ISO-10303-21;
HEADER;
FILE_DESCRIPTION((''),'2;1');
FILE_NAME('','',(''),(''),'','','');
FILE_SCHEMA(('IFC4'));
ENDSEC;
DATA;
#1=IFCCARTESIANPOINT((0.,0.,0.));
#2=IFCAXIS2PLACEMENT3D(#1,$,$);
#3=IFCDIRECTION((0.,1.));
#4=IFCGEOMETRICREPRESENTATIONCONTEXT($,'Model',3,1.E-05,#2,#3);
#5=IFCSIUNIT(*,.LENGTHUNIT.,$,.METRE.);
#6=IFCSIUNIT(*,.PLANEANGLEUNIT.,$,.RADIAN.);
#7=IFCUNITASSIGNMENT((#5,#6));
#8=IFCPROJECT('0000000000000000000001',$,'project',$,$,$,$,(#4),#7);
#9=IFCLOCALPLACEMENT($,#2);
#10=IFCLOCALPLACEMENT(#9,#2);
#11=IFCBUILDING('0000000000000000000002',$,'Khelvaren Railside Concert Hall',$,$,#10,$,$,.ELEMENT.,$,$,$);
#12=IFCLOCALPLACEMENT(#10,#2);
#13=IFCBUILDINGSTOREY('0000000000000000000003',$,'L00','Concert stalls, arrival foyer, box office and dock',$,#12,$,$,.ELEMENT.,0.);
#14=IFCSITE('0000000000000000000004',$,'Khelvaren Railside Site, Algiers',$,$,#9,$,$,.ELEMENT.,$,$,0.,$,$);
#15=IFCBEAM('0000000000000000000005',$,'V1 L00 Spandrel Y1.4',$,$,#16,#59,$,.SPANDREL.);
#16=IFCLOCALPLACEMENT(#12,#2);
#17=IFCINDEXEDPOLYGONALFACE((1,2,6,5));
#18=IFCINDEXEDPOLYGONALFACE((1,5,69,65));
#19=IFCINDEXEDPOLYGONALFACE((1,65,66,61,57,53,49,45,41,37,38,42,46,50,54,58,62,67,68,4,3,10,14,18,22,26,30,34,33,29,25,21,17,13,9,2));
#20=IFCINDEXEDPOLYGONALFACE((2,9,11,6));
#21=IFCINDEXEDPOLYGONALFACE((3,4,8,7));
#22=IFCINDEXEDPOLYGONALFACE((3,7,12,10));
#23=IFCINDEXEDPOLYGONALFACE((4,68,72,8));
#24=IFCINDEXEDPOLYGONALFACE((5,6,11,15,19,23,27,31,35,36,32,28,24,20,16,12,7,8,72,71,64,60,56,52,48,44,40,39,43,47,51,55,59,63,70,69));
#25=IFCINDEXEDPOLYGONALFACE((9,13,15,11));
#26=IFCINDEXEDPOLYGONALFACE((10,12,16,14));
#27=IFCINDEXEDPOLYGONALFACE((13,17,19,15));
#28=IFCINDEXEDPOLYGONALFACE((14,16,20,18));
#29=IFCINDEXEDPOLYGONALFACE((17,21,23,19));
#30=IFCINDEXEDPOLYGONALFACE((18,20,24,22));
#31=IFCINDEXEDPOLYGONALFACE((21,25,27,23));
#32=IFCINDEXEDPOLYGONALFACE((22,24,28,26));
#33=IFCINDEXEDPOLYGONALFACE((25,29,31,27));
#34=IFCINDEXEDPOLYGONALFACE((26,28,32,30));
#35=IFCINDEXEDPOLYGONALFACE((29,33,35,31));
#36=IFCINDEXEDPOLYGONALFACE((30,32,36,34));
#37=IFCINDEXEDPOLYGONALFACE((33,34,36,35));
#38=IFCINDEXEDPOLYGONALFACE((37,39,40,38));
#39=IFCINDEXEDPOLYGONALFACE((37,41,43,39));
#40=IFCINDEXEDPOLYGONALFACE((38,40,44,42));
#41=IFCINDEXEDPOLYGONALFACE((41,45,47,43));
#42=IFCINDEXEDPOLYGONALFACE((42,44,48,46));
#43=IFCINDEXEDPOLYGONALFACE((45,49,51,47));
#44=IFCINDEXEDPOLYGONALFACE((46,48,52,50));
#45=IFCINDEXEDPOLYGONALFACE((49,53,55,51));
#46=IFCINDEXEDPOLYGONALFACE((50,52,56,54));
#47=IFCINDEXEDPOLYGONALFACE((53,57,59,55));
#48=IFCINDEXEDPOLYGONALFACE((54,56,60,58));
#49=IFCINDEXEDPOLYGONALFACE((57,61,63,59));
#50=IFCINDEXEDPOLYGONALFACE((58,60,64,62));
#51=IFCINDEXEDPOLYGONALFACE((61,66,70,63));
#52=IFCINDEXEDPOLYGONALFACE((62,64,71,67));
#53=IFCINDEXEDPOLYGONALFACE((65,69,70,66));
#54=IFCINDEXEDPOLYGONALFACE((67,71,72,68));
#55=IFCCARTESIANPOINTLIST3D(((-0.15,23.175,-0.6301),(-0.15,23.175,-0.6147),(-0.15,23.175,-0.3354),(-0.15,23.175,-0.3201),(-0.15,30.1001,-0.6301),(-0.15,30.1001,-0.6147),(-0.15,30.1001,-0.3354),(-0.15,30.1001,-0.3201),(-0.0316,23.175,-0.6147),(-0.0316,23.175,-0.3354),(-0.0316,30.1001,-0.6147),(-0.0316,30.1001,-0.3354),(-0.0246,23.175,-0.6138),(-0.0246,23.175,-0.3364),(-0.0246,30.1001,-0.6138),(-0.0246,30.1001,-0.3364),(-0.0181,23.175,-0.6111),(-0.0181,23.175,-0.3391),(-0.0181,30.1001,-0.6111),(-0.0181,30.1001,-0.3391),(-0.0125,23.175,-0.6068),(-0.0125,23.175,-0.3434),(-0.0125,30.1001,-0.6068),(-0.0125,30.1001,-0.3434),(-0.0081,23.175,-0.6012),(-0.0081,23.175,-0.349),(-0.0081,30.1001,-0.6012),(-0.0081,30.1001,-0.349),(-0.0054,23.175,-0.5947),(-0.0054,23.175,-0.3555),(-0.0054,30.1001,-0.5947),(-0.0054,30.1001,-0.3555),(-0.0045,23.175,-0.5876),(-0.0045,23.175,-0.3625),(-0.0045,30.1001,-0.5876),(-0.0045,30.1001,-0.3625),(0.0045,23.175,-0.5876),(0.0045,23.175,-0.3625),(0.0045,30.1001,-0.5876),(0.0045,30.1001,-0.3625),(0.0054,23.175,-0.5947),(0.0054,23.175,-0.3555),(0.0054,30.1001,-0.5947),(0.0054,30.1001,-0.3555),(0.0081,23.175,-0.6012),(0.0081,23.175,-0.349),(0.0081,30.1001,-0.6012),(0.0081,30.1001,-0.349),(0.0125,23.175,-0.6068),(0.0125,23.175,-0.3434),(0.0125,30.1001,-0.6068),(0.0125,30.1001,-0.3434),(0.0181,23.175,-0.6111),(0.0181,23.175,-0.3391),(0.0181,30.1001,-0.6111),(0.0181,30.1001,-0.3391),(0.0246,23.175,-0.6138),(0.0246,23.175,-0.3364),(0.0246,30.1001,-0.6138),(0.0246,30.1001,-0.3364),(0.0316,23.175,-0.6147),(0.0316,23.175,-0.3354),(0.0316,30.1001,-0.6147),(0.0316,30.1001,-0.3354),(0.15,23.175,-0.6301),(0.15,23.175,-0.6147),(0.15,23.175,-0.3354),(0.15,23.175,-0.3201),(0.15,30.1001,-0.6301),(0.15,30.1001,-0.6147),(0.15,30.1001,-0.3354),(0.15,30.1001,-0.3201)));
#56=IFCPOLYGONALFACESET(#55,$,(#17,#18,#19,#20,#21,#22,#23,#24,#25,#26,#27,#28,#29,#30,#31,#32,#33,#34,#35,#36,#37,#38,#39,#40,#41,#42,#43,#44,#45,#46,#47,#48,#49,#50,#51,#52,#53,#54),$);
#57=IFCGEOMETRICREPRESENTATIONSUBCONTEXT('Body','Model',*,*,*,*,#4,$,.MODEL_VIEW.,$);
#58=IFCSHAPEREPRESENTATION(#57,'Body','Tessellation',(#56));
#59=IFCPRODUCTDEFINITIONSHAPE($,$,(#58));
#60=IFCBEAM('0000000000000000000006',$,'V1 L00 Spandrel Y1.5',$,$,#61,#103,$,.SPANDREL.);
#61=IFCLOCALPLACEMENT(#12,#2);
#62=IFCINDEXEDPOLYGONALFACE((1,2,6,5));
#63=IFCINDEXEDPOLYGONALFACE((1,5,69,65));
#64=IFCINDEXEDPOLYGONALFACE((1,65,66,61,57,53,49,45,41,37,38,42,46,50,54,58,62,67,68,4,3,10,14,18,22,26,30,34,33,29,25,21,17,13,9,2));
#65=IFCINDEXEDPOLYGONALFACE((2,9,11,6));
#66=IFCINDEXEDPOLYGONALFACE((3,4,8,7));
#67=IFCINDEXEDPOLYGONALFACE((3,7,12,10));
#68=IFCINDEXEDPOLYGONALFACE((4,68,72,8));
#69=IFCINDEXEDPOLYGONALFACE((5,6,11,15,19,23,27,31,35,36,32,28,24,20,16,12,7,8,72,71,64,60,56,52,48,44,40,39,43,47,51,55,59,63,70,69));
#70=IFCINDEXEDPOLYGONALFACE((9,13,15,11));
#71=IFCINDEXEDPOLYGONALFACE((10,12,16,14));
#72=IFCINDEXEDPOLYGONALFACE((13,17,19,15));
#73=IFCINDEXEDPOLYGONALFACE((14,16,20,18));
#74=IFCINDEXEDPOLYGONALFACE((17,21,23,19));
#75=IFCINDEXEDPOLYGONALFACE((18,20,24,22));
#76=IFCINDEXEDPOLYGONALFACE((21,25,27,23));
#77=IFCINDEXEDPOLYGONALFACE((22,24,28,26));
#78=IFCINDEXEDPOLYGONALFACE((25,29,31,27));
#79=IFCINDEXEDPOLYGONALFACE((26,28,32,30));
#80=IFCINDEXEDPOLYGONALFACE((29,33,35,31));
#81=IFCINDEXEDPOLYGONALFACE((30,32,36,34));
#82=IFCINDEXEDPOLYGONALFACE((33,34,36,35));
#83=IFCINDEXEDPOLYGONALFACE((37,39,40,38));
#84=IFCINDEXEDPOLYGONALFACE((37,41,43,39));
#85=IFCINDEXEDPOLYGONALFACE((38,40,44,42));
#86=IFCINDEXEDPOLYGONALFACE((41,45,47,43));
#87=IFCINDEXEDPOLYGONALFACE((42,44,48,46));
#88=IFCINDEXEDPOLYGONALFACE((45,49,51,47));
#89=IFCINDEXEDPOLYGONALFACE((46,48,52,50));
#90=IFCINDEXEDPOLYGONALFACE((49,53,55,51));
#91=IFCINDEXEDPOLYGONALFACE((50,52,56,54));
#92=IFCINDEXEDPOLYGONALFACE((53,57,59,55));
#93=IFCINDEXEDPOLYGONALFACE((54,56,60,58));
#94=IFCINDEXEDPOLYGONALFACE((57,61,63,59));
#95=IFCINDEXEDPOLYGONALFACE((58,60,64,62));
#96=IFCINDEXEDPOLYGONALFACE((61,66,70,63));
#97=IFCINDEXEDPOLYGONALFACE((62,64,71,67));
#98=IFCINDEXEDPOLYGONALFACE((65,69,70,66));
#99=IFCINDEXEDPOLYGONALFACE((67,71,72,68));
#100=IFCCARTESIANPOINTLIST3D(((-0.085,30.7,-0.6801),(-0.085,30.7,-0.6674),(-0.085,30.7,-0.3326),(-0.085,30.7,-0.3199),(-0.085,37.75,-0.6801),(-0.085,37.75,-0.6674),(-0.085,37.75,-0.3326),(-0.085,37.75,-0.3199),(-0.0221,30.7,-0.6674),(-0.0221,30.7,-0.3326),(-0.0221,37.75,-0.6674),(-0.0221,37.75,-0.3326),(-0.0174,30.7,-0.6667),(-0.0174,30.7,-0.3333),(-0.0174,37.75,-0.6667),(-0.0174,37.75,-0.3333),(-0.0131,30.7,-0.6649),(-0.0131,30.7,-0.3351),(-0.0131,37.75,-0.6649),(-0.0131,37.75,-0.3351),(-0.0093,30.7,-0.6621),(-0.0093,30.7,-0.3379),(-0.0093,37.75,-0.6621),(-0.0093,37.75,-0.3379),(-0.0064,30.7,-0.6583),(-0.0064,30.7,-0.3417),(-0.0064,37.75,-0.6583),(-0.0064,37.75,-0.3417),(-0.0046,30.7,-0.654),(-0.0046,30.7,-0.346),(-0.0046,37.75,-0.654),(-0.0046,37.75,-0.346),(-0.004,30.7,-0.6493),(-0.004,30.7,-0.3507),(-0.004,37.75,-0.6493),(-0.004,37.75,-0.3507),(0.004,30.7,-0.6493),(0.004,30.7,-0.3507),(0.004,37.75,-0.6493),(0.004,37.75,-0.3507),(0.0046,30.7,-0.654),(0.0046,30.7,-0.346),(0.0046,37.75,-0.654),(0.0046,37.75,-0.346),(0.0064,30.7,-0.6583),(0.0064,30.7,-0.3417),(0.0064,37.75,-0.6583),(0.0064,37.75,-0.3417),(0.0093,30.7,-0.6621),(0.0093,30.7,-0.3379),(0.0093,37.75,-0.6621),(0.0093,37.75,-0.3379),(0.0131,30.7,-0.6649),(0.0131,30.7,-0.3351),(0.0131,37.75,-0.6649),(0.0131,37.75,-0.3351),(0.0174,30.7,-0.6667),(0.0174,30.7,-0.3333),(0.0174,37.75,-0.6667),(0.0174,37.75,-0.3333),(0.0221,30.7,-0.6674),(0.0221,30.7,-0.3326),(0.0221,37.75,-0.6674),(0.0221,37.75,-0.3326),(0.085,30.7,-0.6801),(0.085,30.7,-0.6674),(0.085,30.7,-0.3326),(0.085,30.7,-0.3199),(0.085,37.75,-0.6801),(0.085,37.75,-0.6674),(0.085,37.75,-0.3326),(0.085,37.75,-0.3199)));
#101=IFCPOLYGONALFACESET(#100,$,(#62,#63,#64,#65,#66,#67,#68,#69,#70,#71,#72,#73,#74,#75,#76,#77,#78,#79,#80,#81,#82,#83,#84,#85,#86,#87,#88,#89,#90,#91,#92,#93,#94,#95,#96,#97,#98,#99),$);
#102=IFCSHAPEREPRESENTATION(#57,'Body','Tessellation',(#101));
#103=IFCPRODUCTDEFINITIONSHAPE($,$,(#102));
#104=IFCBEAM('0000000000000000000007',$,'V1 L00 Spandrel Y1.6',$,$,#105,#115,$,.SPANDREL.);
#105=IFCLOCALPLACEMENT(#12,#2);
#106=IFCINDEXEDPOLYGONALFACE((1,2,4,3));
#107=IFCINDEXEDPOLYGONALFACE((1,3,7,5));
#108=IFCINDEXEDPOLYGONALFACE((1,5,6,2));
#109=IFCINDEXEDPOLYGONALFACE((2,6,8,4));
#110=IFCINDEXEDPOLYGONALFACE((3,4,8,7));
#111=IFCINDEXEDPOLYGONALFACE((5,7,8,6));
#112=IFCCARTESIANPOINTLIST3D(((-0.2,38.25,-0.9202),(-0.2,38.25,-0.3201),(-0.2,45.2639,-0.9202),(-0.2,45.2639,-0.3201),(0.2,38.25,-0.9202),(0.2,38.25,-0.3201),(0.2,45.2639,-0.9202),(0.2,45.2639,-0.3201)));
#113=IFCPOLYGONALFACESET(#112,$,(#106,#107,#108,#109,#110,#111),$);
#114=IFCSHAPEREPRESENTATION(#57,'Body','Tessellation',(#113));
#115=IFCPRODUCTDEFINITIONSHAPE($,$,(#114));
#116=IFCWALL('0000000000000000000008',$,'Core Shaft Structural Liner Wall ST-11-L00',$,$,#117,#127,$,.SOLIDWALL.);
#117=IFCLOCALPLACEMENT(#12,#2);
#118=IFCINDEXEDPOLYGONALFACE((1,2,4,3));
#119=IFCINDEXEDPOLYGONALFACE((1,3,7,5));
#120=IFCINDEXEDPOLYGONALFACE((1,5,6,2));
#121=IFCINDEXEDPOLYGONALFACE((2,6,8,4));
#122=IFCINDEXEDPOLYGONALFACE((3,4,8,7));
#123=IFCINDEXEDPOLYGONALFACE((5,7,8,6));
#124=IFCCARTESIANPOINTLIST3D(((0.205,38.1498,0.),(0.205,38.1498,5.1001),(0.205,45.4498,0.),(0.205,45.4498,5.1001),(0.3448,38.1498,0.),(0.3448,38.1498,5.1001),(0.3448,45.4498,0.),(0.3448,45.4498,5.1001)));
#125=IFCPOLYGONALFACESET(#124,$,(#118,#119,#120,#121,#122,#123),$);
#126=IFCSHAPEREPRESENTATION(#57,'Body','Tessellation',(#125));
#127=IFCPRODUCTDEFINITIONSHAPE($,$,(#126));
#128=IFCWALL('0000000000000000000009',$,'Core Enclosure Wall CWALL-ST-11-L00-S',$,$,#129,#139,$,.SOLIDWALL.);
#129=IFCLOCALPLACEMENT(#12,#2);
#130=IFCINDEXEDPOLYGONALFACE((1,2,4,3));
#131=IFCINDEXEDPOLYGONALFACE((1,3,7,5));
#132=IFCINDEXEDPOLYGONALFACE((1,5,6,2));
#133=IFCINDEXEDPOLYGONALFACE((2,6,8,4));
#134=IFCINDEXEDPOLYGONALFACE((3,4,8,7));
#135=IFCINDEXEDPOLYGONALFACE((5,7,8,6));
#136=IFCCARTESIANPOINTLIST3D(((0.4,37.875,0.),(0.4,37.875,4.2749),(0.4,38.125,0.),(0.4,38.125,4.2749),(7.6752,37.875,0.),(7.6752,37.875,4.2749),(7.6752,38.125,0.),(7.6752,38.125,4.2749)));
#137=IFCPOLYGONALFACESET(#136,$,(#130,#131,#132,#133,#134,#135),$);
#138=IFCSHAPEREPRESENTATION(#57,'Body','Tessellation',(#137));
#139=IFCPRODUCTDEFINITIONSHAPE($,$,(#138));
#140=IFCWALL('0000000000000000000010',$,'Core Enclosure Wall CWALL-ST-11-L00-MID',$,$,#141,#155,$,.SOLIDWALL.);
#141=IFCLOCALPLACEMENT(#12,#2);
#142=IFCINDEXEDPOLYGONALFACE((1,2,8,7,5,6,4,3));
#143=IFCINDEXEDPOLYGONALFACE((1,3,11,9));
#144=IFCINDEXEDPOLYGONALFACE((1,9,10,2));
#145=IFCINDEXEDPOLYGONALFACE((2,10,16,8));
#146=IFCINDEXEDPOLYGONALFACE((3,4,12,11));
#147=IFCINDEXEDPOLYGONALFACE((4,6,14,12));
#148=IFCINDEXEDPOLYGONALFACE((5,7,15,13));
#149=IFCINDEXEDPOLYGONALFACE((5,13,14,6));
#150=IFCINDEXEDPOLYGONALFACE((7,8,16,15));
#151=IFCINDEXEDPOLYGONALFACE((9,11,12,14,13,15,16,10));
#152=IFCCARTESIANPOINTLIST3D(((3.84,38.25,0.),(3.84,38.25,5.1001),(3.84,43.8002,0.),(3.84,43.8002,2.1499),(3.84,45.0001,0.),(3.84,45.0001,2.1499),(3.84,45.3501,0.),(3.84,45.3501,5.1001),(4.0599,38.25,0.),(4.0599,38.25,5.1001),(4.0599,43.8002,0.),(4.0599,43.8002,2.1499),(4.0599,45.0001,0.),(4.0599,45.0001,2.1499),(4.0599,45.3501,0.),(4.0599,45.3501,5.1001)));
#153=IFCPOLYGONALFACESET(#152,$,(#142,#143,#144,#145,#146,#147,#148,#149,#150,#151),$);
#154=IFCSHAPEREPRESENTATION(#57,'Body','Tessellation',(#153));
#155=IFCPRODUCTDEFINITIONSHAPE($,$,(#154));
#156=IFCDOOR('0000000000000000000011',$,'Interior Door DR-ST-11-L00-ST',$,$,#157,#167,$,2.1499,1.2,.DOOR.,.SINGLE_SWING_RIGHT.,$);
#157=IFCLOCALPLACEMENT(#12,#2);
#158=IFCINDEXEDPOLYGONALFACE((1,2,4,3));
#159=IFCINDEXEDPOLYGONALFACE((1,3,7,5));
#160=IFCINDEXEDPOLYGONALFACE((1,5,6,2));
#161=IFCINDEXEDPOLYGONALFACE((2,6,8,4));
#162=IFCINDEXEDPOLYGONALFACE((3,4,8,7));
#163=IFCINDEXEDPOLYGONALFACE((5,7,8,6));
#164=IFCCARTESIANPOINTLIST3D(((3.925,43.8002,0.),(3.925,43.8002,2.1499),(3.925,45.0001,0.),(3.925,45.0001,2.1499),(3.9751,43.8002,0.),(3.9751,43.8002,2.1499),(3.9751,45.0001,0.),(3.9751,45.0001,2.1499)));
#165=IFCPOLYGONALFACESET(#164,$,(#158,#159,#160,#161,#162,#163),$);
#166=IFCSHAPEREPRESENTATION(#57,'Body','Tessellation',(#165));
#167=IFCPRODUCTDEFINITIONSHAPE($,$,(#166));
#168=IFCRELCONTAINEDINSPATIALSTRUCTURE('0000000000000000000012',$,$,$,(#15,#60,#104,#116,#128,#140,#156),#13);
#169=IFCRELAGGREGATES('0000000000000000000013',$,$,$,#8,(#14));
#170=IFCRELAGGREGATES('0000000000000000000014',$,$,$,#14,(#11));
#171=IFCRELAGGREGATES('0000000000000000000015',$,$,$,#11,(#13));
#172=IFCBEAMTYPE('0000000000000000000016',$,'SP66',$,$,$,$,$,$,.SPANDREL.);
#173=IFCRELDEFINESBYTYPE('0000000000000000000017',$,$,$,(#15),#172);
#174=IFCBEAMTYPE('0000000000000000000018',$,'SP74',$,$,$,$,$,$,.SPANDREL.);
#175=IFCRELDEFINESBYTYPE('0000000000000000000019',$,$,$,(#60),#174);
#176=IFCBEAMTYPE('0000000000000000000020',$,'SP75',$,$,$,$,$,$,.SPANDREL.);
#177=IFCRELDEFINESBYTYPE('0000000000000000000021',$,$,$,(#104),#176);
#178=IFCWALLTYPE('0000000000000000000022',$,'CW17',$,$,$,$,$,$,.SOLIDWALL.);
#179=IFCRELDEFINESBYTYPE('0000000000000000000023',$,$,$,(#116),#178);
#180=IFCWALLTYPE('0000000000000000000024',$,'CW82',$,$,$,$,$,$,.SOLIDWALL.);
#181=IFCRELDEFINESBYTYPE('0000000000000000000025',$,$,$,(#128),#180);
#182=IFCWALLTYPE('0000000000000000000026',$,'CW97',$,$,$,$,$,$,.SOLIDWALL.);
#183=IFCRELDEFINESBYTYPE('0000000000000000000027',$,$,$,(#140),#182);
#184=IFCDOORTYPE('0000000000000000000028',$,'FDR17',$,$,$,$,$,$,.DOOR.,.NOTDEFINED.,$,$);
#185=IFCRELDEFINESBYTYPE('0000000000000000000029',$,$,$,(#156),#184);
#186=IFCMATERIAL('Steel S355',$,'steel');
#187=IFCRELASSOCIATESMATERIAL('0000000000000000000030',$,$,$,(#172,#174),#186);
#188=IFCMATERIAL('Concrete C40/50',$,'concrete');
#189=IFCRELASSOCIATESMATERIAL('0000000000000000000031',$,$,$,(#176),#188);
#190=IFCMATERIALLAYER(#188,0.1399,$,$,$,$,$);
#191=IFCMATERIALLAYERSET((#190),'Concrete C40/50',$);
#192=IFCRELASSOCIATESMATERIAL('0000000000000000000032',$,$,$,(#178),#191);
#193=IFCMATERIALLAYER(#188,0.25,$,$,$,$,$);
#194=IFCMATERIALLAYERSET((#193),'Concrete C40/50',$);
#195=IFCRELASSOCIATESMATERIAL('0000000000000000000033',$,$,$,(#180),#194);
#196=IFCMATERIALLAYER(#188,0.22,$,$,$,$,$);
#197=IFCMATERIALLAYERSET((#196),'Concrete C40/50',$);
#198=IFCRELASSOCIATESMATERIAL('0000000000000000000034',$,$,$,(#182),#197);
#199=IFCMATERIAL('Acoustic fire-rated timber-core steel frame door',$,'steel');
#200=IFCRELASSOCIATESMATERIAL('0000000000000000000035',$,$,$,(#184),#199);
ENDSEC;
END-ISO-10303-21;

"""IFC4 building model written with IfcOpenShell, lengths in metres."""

from ifc_helpers import new_model, si_unit, direction, frame, frame_2d, origin, origin_2d, place, context, subcontext, project, spatial, rectangle, i_section, extrude, material, layer, layer_set, material_profile, profile_set, type_object, element, fill, save


model = new_model("IFC4")

# Units and contexts
model_context = context("Model", 3, precision=1e-05, world=origin(), true_north=direction((0.0, 1.0)))
body_context = subcontext(model_context, "Body", "Model", "MODEL_VIEW")
ifc_project = project(units=[si_unit("LENGTHUNIT", "METRE"), si_unit("PLANEANGLEUNIT", "RADIAN")], contexts=[model_context])

# Site, building, storey
site_placement = place(None, origin())
site = spatial("IfcSite", under=ifc_project, at=site_placement, Name="Khelvaren Railside Site, Algiers", CompositionType="ELEMENT", RefElevation=0.0)
building_placement = place(site_placement, origin())
building = spatial("IfcBuilding", under=site, at=building_placement, Name="Khelvaren Railside Concert Hall", CompositionType="ELEMENT")
storey_placement = place(building_placement, origin())
storey = spatial("IfcBuildingStorey", under=building, at=storey_placement, Name="L00", Description="Concert stalls, arrival foyer, box office and dock", CompositionType="ELEMENT", Elevation=0.0)

# Beams
ifc_material_1 = material(Name="Concrete C40/50", Category="concrete")
ifc_material_2 = material(Name="Steel S355", Category="steel")
ifc_material_profile_1 = material_profile(ifc_material_2, i_section(OverallWidth=0.3, OverallDepth=0.3101, WebThickness=0.009, FlangeThickness=0.0154, FilletRadius=0.0271, at=origin_2d()), Name="HEA 320")
ifc_profile_set_1 = profile_set([ifc_material_profile_1], Name="Steel S355")
beam_type_1 = type_object("IfcBeamType", Name="SP66", PredefinedType="SPANDREL", material=ifc_profile_set_1)
beam_1_placement = place(storey_placement, frame((0.0, 23.175, -0.4751), z_axis=(0.0, 1.0, 0.0), x_axis=(-1.0, 0.0, 0.0)))
element("IfcBeam", 1, at=beam_1_placement, inside=storey, type_object=beam_type_1, Name="V1 L00 Spandrel Y1.4", PredefinedType="SPANDREL", context=body_context, shape_type="SweptSolid", body=[
    extrude(i_section(OverallWidth=0.3, OverallDepth=0.3101, WebThickness=0.009, FlangeThickness=0.0154, FilletRadius=0.0271, at=origin_2d()), origin(), (0.0, 0.0, 1.0), 6.925),
])
ifc_material_profile_2 = material_profile(ifc_material_2, i_section(OverallWidth=0.1699, OverallDepth=0.3601, WebThickness=0.0081, FlangeThickness=0.0127, FilletRadius=0.0181, at=origin_2d()), Name="IPE 360")
ifc_profile_set_2 = profile_set([ifc_material_profile_2], Name="Steel S355")
beam_type_2 = type_object("IfcBeamType", Name="SP74", PredefinedType="SPANDREL", material=ifc_profile_set_2)
beam_2_placement = place(storey_placement, frame((0.0, 30.7, -0.5), z_axis=(0.0, 1.0, 0.0), x_axis=(-1.0, 0.0, 0.0)))
element("IfcBeam", 2, at=beam_2_placement, inside=storey, type_object=beam_type_2, Name="V1 L00 Spandrel Y1.5", PredefinedType="SPANDREL", context=body_context, shape_type="SweptSolid", body=[
    extrude(i_section(OverallWidth=0.1699, OverallDepth=0.3601, WebThickness=0.0081, FlangeThickness=0.0127, FilletRadius=0.0181, at=origin_2d()), origin(), (0.0, 0.0, 1.0), 7.05),
])
ifc_material_profile_3 = material_profile(ifc_material_1, rectangle(XDim=0.3999, YDim=0.6001, at=origin_2d()), Name="RCB 400x600")
ifc_profile_set_3 = profile_set([ifc_material_profile_3], Name="Concrete C40/50")
beam_type_3 = type_object("IfcBeamType", Name="SP75", PredefinedType="SPANDREL", material=ifc_profile_set_3)
beam_3_placement = place(storey_placement, frame((0.0, 38.25, -0.6201), z_axis=(0.0, 1.0, 0.0), x_axis=(-1.0, 0.0, 0.0)))
element("IfcBeam", 3, at=beam_3_placement, inside=storey, type_object=beam_type_3, Name="V1 L00 Spandrel Y1.6", PredefinedType="SPANDREL", context=body_context, shape_type="SweptSolid", body=[
    extrude(rectangle(XDim=0.3999, YDim=0.6001, at=origin_2d()), origin(), (0.0, 0.0, 1.0), 7.0139),
])

# Walls
ifc_layer_1 = layer(ifc_material_1, 0.1399)
ifc_layer_set_1 = layer_set([ifc_layer_1], Name="Concrete C40/50")
wall_type_1 = type_object("IfcWallType", Name="CW17", PredefinedType="SOLIDWALL", material=ifc_layer_set_1)
wall_1_placement = place(storey_placement, frame((0.2749, 38.1499, 0.0), z_axis=(0.0, 0.0, 1.0), x_axis=(0.0, 1.0, 0.0)))
element("IfcWall", 4, at=wall_1_placement, inside=storey, type_object=wall_type_1, Name="Core Shaft Structural Liner Wall ST-11-L00", PredefinedType="SOLIDWALL", context=body_context, shape_type="SweptSolid", body=[
    extrude(rectangle(XDim=7.3, YDim=0.1399, at=frame_2d((3.6499, 0.0))), origin(), (0.0, 0.0, 1.0), 5.1001),
])
ifc_layer_2 = layer(ifc_material_1, 0.25)
ifc_layer_set_2 = layer_set([ifc_layer_2], Name="Concrete C40/50")
wall_type_2 = type_object("IfcWallType", Name="CW82", PredefinedType="SOLIDWALL", material=ifc_layer_set_2)
wall_2_placement = place(storey_placement, frame((0.3999, 38.0, 0.0), z_axis=(0.0, 0.0, 1.0), x_axis=(1.0, 0.0, 0.0)))
element("IfcWall", 5, at=wall_2_placement, inside=storey, type_object=wall_type_2, Name="Core Enclosure Wall CWALL-ST-11-L00-S", PredefinedType="SOLIDWALL", context=body_context, shape_type="SweptSolid", body=[
    extrude(rectangle(XDim=7.2751, YDim=0.25, at=frame_2d((3.6377, 0.0))), origin(), (0.0, 0.0, 1.0), 4.2749),
])

# Wall, opening, door
ifc_layer_3 = layer(ifc_material_1, 0.22)
ifc_layer_set_3 = layer_set([ifc_layer_3], Name="Concrete C40/50")
wall_type_3 = type_object("IfcWallType", Name="CW97", PredefinedType="SOLIDWALL", material=ifc_layer_set_3)
wall_3_placement = place(storey_placement, frame((3.95, 38.25, 0.0), z_axis=(0.0, 0.0, 1.0), x_axis=(0.0, 1.0, 0.0)))
wall_3 = element("IfcWall", 6, at=wall_3_placement, inside=storey, type_object=wall_type_3, Name="Core Enclosure Wall CWALL-ST-11-L00-MID", PredefinedType="SOLIDWALL", context=body_context, shape_type="SweptSolid", body=[
    extrude(rectangle(XDim=7.1001, YDim=0.22, at=frame_2d((3.55, 0.0))), origin(), (0.0, 0.0, 1.0), 5.1001),
])
opening_1_placement = place(wall_3_placement, frame((5.55, 0.0, 0.0)))
opening_1 = element("IfcOpeningElement", 7, at=opening_1_placement, cuts=wall_3, PredefinedType="OPENING", context=body_context, shape_type="SweptSolid", body=[
    extrude(rectangle(XDim=1.2, YDim=2.1499, at=frame_2d((0.6001, 1.075))), frame((0.0, 0.1199, 0.0), z_axis=(0.0, -1.0, 0.0), x_axis=(1.0, 0.0, 0.0)), (0.0, 0.0, 1.0), 0.24),
])
ifc_material_3 = material(Name="Acoustic fire-rated timber-core steel frame door", Category="steel")
door_type = type_object("IfcDoorType", Name="FDR17", OperationType="NOTDEFINED", PredefinedType="DOOR", material=ifc_material_3)
door_placement = place(opening_1_placement, origin())
door = element("IfcDoor", 8, at=door_placement, inside=storey, type_object=door_type, Name="Interior Door DR-ST-11-L00-ST", OperationType="SINGLE_SWING_RIGHT", OverallHeight=2.1499, OverallWidth=1.2, PredefinedType="DOOR", context=body_context, shape_type="SweptSolid", body=[
    extrude(rectangle(XDim=1.2, YDim=2.1499, at=frame_2d((0.6001, 1.075))), frame((0.0, 0.0249, 0.0), z_axis=(0.0, -1.0, 0.0), x_axis=(1.0, 0.0, 0.0)), (0.0, 0.0, 1.0), 0.05),
])
fill(opening_1, door)

save(model, "model.ifc")
